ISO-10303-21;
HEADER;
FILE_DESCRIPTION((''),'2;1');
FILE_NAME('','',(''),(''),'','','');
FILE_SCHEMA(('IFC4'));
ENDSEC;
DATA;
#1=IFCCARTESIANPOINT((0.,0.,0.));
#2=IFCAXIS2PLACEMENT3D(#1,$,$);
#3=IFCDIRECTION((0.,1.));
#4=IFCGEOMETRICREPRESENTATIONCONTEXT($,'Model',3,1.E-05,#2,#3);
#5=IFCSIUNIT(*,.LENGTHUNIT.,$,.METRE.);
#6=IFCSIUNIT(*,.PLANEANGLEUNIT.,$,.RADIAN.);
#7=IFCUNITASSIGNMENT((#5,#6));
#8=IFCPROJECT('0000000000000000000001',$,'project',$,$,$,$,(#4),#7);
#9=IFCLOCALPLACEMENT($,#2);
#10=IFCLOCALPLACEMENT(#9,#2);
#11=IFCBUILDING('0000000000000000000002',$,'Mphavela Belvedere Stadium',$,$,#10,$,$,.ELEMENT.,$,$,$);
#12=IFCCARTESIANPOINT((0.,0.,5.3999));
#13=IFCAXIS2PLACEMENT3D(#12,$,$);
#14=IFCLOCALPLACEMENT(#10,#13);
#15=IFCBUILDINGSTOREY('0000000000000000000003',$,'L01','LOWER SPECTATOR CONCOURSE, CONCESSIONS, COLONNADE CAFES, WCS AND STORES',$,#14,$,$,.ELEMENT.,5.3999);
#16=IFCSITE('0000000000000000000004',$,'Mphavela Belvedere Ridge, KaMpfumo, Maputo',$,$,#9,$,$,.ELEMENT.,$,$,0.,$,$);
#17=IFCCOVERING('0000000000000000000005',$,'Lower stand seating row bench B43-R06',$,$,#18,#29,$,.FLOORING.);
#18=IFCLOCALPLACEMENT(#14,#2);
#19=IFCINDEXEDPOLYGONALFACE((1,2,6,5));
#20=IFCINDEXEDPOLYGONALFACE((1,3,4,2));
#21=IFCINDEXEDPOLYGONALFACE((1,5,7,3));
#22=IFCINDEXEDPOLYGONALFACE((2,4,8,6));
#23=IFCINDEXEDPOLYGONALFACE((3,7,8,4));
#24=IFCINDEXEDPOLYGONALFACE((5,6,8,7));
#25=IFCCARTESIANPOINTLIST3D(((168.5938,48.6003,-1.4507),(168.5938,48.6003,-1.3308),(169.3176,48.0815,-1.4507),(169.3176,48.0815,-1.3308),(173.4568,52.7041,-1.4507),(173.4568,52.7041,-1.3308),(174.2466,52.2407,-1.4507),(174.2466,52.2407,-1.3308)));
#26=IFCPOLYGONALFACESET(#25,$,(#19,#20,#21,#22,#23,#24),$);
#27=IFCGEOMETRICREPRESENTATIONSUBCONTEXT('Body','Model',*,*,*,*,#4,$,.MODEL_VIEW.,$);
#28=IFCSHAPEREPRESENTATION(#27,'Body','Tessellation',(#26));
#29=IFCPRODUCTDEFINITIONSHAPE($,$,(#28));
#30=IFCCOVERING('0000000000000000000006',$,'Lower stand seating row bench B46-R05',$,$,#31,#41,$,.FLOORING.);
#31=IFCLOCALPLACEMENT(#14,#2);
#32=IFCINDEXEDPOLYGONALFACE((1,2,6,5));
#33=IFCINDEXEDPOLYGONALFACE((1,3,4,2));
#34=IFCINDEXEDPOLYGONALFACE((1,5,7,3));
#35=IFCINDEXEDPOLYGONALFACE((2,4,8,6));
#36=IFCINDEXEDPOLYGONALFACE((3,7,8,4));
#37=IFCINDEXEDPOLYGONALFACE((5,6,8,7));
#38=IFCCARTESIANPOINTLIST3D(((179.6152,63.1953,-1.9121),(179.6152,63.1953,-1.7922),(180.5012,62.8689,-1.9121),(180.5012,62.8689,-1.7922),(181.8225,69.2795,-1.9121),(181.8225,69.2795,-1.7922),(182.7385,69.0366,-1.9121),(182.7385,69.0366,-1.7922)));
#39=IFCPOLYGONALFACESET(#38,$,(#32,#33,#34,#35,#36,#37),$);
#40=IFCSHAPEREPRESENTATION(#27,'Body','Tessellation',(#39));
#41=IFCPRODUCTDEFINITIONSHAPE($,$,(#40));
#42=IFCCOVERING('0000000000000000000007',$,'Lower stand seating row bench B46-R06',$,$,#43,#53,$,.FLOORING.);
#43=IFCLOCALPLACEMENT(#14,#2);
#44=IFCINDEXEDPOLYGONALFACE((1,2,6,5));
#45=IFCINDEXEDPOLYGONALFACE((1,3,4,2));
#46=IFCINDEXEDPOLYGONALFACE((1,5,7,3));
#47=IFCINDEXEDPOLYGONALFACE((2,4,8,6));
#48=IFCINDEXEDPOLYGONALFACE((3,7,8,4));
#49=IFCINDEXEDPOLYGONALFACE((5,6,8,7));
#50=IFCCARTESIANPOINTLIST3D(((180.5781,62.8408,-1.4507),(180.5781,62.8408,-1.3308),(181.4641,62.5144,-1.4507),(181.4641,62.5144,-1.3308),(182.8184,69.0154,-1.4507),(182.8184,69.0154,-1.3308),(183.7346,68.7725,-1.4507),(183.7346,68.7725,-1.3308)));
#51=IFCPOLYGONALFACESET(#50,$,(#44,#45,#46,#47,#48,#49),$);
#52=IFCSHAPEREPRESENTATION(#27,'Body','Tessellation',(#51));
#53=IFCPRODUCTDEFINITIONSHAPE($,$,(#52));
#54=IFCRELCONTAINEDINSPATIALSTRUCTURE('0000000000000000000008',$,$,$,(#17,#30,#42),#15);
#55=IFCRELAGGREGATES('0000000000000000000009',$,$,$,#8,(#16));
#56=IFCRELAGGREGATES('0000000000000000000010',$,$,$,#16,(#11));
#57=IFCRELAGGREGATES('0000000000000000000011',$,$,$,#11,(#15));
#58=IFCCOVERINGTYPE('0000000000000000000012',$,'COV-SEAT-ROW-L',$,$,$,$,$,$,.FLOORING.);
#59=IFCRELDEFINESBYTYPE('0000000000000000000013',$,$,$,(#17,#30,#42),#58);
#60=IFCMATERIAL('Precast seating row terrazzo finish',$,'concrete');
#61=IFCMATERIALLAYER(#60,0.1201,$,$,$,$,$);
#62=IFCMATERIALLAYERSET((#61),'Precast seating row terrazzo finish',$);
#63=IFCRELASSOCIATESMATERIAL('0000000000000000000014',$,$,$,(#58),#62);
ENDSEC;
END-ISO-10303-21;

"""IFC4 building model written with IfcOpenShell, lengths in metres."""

from ifc_helpers import new_model, si_unit, direction, frame, origin, place, context, subcontext, project, spatial, polyline, outline, extrude, material, layer, layer_set, type_object, element, save


model = new_model("IFC4")

# Units and contexts
model_context = context("Model", 3, precision=1e-05, world=origin(), true_north=direction((0.0, 1.0)))
body_context = subcontext(model_context, "Body", "Model", "MODEL_VIEW")
ifc_project = project(units=[si_unit("LENGTHUNIT", "METRE"), si_unit("PLANEANGLEUNIT", "RADIAN")], contexts=[model_context])

# Site, building, storey
site_placement = place(None, origin())
site = spatial("IfcSite", under=ifc_project, at=site_placement, Name="Mphavela Belvedere Ridge, KaMpfumo, Maputo", CompositionType="ELEMENT", RefElevation=0.0)
building_placement = place(site_placement, origin())
building = spatial("IfcBuilding", under=site, at=building_placement, Name="Mphavela Belvedere Stadium", CompositionType="ELEMENT")
storey_placement = place(building_placement, frame((0.0, 0.0, 5.3999)))
storey = spatial("IfcBuildingStorey", under=building, at=storey_placement, Name="L01", Description="LOWER SPECTATOR CONCOURSE, CONCESSIONS, COLONNADE CAFES, WCS AND STORES", CompositionType="ELEMENT", Elevation=5.3999)

# Coverings
ifc_material = material(Name="Precast seating row terrazzo finish", Category="concrete")
ifc_layer = layer(ifc_material, 0.1201)
ifc_layer_set = layer_set([ifc_layer], Name="Precast seating row terrazzo finish")
covering_type = type_object("IfcCoveringType", Name="COV-SEAT-ROW-L", PredefinedType="FLOORING", material=ifc_layer_set)
covering_1_placement = place(storey_placement, frame((0.0, 0.0, -1.4507)))
element("IfcCovering", 1, at=covering_1_placement, inside=storey, type_object=covering_type, Name="Lower stand seating row bench B43-R06", PredefinedType="FLOORING", context=body_context, shape_type="SweptSolid", body=[
    extrude(outline(polyline([(168.5938, 48.6003), (173.4568, 52.7041), (174.2466, 52.2407), (169.3176, 48.0815), (168.5938, 48.6003)])), origin(), (0.0, 0.0, 1.0), 0.1199),
])
covering_2_placement = place(storey_placement, frame((0.0, 0.0, -1.9121)))
element("IfcCovering", 2, at=covering_2_placement, inside=storey, type_object=covering_type, Name="Lower stand seating row bench B46-R05", PredefinedType="FLOORING", context=body_context, shape_type="SweptSolid", body=[
    extrude(outline(polyline([(179.6152, 63.1953), (181.8225, 69.2795), (182.7385, 69.0366), (180.5012, 62.8689), (179.6152, 63.1953)])), origin(), (0.0, 0.0, 1.0), 0.1199),
])
covering_3_placement = place(storey_placement, frame((0.0, 0.0, -1.4507)))
element("IfcCovering", 3, at=covering_3_placement, inside=storey, type_object=covering_type, Name="Lower stand seating row bench B46-R06", PredefinedType="FLOORING", context=body_context, shape_type="SweptSolid", body=[
    extrude(outline(polyline([(180.5781, 62.8408), (182.8184, 69.0154), (183.7346, 68.7725), (181.4641, 62.5144), (180.5781, 62.8408)])), origin(), (0.0, 0.0, 1.0), 0.1199),
])

save(model, "model.ifc")
